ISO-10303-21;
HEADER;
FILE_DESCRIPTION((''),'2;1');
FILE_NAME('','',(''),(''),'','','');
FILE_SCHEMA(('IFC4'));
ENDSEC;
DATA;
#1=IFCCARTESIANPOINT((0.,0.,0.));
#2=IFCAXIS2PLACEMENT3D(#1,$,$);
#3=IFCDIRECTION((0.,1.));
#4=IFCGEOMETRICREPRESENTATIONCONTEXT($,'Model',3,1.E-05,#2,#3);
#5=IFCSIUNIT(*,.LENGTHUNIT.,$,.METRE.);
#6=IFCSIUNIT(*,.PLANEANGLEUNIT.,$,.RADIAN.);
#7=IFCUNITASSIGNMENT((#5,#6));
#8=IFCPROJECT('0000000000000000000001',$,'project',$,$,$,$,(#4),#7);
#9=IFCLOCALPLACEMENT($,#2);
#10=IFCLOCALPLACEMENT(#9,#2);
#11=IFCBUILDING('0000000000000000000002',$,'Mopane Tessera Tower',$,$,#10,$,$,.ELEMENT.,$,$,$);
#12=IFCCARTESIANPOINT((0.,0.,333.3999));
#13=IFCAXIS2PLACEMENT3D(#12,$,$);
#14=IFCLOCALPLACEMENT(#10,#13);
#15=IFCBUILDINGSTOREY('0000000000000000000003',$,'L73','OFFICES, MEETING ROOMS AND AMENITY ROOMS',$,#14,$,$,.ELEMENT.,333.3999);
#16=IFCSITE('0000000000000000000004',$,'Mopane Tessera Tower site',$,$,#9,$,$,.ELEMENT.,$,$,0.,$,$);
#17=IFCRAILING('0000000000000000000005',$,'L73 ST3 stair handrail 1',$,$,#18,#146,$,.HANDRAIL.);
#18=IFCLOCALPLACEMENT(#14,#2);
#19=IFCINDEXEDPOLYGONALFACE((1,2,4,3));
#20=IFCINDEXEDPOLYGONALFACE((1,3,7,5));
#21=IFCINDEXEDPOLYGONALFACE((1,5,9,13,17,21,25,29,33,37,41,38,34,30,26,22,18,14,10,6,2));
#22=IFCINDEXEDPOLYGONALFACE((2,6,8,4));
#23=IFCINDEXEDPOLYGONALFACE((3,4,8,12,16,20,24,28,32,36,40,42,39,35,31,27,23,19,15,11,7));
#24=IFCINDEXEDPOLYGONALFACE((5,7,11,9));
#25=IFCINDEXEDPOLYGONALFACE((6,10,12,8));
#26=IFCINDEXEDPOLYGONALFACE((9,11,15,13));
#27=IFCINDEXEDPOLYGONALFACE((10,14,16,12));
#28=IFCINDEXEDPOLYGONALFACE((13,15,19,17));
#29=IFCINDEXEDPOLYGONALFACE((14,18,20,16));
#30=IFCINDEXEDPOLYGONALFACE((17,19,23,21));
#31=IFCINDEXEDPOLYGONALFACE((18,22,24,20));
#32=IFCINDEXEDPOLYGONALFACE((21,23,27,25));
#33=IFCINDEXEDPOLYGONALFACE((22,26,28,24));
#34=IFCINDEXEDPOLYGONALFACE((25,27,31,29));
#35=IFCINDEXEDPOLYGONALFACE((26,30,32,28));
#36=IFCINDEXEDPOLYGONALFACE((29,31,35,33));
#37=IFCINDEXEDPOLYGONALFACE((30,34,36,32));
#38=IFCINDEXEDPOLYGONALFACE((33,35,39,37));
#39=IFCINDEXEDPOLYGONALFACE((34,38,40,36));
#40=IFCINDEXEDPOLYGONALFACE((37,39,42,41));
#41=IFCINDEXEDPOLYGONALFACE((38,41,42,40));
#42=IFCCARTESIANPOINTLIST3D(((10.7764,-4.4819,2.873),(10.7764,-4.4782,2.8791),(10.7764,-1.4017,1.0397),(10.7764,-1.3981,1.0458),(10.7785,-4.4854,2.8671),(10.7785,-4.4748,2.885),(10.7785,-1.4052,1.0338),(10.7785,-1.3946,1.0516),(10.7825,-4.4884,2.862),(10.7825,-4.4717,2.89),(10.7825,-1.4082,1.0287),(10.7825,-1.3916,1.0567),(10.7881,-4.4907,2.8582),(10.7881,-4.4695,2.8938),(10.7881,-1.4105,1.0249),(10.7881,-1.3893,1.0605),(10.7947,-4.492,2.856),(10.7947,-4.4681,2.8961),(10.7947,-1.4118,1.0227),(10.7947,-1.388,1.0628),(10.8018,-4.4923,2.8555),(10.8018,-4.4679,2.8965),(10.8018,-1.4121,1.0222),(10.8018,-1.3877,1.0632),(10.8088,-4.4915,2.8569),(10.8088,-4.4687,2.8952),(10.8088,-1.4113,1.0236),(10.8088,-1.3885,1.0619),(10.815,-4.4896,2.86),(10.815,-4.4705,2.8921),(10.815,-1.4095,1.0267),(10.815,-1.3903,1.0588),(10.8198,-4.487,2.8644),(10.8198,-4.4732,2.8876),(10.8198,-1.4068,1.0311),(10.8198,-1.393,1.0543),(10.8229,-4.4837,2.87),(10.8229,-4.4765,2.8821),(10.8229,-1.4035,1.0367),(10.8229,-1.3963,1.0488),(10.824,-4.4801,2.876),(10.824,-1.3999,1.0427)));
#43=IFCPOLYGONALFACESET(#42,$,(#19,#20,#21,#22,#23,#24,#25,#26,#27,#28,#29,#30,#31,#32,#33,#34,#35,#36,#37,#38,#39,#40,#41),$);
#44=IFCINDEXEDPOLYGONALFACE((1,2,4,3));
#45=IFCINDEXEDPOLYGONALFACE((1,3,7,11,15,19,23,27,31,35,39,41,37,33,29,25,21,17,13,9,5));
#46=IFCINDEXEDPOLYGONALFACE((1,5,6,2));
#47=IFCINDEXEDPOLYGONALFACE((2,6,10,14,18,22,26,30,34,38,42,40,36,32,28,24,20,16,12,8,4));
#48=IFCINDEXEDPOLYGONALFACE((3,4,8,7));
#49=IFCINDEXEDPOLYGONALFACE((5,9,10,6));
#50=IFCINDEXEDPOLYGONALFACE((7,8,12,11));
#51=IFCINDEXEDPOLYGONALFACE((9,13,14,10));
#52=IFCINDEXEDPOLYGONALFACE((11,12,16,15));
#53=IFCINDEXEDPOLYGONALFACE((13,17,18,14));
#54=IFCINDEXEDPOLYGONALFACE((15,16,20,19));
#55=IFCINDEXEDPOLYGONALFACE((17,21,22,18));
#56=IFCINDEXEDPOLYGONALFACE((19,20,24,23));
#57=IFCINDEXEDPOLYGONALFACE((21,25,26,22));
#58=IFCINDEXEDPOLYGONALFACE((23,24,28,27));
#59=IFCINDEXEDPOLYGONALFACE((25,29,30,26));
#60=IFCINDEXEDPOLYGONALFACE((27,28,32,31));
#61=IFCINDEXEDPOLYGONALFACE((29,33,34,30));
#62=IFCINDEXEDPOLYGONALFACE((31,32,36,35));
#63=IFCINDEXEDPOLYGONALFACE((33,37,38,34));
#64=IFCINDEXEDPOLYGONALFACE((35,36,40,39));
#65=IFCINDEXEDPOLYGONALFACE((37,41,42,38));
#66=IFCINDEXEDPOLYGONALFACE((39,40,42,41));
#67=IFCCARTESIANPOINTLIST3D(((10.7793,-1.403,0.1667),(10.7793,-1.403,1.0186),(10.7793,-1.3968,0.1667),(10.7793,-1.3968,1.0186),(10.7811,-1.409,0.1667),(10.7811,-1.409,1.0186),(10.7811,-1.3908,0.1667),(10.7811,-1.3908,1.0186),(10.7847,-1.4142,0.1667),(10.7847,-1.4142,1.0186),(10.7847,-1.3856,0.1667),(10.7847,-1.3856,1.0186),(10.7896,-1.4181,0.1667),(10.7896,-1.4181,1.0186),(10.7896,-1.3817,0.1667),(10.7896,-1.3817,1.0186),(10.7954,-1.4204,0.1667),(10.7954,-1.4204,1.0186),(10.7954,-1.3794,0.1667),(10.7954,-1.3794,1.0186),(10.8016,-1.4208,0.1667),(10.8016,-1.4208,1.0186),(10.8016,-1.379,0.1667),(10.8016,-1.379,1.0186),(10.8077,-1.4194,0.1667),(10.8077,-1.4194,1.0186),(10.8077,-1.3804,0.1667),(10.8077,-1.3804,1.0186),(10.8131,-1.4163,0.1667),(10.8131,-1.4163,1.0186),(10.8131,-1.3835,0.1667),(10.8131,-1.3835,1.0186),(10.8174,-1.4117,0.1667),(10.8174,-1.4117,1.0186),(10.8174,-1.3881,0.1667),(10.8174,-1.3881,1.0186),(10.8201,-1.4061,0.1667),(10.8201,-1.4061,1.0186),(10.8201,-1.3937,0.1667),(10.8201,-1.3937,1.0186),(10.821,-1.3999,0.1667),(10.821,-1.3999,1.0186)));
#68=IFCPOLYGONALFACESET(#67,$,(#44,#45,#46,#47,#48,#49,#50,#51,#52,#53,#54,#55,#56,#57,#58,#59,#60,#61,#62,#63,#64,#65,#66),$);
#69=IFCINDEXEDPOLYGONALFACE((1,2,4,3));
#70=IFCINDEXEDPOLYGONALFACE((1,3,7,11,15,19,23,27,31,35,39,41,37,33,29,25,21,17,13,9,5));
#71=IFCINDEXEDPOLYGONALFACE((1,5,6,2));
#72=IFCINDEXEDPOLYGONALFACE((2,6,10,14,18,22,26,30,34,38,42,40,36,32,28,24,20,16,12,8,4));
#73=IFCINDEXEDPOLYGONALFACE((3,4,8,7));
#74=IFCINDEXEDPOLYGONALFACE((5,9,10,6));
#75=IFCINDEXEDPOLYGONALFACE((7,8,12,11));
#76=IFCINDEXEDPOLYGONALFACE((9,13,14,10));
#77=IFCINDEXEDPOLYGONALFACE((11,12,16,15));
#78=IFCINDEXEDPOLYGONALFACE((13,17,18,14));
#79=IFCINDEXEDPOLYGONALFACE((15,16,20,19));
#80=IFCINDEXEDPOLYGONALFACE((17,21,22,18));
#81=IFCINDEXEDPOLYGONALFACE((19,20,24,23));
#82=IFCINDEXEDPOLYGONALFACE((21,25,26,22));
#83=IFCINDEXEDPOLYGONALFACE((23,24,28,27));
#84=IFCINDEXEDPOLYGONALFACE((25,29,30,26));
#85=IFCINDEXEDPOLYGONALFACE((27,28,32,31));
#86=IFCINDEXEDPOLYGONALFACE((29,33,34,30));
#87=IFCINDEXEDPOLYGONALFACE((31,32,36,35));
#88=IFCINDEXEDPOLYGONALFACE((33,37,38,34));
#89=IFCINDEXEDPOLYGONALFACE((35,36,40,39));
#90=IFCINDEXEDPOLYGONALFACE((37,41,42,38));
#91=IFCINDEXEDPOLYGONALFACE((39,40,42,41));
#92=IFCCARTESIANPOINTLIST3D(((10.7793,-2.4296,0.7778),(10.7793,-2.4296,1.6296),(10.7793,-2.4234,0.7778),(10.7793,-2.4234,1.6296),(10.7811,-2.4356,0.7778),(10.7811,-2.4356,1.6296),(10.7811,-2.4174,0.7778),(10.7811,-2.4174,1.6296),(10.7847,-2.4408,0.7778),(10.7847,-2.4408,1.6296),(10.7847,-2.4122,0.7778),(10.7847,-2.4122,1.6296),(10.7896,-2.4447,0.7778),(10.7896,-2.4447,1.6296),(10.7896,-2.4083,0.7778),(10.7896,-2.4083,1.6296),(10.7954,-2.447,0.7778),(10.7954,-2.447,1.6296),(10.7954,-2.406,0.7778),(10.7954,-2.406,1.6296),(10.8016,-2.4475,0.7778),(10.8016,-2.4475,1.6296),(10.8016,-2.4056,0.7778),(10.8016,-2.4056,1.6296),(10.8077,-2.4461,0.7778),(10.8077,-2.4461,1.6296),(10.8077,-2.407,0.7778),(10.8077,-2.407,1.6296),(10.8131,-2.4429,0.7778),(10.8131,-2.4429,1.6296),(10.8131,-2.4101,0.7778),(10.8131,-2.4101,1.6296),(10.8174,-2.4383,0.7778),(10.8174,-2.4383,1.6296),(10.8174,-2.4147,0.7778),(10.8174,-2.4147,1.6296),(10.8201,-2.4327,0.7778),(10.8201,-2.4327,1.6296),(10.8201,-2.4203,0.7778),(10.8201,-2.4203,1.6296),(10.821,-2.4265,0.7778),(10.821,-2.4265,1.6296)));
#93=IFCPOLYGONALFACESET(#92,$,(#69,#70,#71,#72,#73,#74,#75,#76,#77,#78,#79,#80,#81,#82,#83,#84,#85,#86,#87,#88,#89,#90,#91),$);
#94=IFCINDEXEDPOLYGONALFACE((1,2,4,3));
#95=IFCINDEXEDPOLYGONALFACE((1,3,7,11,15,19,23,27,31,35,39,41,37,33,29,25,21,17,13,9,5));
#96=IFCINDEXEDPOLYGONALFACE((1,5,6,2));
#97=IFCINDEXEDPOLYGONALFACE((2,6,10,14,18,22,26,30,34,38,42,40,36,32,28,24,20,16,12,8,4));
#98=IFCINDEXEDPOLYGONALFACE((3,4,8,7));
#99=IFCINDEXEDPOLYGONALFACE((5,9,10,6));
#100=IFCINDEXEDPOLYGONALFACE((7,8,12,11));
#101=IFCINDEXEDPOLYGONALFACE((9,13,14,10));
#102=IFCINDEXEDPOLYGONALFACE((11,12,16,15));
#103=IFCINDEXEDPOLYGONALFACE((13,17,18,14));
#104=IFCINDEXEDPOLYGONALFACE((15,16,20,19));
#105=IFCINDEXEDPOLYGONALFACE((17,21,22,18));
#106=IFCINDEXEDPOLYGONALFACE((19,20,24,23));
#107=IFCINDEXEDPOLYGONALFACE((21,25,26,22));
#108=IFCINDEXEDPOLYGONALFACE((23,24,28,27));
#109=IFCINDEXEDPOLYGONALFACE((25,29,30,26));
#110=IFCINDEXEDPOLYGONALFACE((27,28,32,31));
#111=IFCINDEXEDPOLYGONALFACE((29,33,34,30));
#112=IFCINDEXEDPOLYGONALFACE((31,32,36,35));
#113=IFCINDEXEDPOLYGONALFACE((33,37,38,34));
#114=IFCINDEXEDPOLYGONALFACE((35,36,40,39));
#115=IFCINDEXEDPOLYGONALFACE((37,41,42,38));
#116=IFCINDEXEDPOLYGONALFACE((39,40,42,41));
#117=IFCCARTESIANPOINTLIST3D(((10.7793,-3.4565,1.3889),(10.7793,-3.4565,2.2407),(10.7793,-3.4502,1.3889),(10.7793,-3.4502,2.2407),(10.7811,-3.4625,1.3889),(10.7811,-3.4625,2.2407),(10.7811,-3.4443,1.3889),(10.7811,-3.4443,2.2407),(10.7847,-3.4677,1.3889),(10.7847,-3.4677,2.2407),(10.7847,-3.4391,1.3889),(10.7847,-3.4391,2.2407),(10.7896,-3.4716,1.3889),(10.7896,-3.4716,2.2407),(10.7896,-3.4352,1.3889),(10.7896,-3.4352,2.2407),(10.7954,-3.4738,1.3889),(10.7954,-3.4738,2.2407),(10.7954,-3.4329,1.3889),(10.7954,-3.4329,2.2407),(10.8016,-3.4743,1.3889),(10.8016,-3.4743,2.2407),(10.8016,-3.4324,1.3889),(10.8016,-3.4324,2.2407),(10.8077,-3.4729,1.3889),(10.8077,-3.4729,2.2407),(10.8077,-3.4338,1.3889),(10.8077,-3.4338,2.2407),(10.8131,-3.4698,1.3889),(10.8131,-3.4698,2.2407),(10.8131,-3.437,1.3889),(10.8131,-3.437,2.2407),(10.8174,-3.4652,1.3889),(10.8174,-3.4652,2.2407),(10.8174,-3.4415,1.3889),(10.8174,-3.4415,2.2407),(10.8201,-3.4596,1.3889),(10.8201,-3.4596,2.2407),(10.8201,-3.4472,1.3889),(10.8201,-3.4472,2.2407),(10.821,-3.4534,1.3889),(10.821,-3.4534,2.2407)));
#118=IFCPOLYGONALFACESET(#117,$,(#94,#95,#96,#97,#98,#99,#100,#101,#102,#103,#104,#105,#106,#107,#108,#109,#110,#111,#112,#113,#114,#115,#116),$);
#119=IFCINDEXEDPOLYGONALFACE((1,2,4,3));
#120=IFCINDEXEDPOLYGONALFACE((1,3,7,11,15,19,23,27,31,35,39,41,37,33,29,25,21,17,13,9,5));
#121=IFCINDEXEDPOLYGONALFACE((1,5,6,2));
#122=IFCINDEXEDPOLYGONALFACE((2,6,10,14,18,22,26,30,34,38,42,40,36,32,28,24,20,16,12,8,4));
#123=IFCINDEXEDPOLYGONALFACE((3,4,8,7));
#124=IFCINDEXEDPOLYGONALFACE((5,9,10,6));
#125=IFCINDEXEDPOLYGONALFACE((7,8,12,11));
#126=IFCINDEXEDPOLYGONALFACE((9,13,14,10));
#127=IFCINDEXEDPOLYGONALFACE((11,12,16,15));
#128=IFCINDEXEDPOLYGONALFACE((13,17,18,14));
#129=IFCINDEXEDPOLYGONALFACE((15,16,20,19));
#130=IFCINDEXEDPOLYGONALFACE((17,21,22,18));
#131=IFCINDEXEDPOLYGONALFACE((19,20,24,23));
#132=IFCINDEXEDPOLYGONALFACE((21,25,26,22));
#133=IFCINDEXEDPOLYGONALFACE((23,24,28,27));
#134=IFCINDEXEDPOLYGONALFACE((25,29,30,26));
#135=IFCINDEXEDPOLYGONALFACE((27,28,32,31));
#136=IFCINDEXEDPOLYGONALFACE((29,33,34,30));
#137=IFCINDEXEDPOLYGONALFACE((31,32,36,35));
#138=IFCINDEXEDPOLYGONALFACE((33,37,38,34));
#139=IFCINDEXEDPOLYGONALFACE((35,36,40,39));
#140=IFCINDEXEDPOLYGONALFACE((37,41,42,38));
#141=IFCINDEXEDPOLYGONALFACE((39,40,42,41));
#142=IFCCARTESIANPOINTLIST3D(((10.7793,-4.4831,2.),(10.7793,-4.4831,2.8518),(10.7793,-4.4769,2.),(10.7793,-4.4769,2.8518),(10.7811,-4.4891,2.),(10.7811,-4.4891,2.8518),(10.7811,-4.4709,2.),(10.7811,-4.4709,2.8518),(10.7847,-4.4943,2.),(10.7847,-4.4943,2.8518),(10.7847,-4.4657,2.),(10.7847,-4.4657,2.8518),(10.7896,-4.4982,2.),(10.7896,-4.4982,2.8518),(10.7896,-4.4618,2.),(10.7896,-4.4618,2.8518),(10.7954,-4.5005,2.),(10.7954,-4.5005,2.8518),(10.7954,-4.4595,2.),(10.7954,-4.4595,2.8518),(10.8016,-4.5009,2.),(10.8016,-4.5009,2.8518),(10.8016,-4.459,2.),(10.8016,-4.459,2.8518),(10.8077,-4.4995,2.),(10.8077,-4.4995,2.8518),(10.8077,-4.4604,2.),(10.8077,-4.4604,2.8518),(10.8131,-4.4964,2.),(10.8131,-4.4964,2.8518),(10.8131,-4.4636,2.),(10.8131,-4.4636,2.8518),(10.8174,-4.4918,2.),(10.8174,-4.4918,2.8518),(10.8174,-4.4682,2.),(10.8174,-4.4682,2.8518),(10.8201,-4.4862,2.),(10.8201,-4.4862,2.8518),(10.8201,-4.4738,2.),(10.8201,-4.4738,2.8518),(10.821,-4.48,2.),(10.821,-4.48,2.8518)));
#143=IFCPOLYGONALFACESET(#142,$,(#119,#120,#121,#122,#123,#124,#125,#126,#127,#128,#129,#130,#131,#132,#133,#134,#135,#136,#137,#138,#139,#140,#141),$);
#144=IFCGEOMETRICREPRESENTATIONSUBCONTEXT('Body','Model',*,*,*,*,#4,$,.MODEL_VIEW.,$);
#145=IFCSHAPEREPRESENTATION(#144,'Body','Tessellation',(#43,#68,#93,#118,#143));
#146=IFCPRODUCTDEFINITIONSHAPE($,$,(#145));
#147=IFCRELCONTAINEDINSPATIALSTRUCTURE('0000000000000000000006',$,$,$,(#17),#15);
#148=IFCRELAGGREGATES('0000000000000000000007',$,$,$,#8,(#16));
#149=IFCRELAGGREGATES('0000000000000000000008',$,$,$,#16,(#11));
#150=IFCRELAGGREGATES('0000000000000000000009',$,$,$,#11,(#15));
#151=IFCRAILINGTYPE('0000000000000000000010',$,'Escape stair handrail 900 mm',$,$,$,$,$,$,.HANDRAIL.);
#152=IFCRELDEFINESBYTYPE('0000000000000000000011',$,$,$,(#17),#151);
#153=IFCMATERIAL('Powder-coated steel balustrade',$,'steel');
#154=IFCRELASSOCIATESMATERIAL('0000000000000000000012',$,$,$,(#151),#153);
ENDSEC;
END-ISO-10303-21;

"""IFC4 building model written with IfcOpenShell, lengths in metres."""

from ifc_helpers import new_model, si_unit, direction, frame, origin, origin_2d, place, context, subcontext, project, spatial, circle, extrude, material, type_object, element, save


model = new_model("IFC4")

# Units and contexts
model_context = context("Model", 3, precision=1e-05, world=origin(), true_north=direction((0.0, 1.0)))
body_context = subcontext(model_context, "Body", "Model", "MODEL_VIEW")
ifc_project = project(units=[si_unit("LENGTHUNIT", "METRE"), si_unit("PLANEANGLEUNIT", "RADIAN")], contexts=[model_context])

# Site, building, storey
site_placement = place(None, origin())
site = spatial("IfcSite", under=ifc_project, at=site_placement, Name="Mopane Tessera Tower site", CompositionType="ELEMENT", RefElevation=0.0)
building_placement = place(site_placement, origin())
building = spatial("IfcBuilding", under=site, at=building_placement, Name="Mopane Tessera Tower", CompositionType="ELEMENT")
storey_placement = place(building_placement, frame((0.0, 0.0, 333.3999)))
storey = spatial("IfcBuildingStorey", under=building, at=storey_placement, Name="L73", Description="OFFICES, MEETING ROOMS AND AMENITY ROOMS", CompositionType="ELEMENT", Elevation=333.3999)

# Railing
ifc_material_1 = material(Name="Powder-coated steel balustrade", Category="steel")
railing_type_1 = type_object("IfcRailingType", Name="Escape stair handrail 900 mm", PredefinedType="HANDRAIL", material=ifc_material_1)
railing_1_placement = place(storey_placement, frame((10.8, -1.3999, 0.1667)))
element("IfcRailing", 1, at=railing_1_placement, inside=storey, type_object=railing_type_1, Name="L73 ST3 stair handrail 1", PredefinedType="HANDRAIL", context=body_context, shape_type="SweptSolid", body=[
    extrude(circle(Radius=0.0239, at=origin_2d()), frame((0.0, 0.0, 0.876), z_axis=(0.0, -0.859309, 0.511458), x_axis=(1.0, 0.0, 0.0)), (0.0, 0.0, 1.0), 3.5845),
    extrude(circle(Radius=0.021, at=origin_2d()), origin(), (0.0, 0.0, 1.0), 0.8518),
    extrude(circle(Radius=0.021, at=origin_2d()), frame((0.0, -1.0266, 0.6111)), (0.0, 0.0, 1.0), 0.8518),
    extrude(circle(Radius=0.021, at=origin_2d()), frame((0.0, -2.0535, 1.2222)), (0.0, 0.0, 1.0), 0.8518),
    extrude(circle(Radius=0.021, at=origin_2d()), frame((0.0, -3.0801, 1.8333)), (0.0, 0.0, 1.0), 0.8518),
])

save(model, "model.ifc")
